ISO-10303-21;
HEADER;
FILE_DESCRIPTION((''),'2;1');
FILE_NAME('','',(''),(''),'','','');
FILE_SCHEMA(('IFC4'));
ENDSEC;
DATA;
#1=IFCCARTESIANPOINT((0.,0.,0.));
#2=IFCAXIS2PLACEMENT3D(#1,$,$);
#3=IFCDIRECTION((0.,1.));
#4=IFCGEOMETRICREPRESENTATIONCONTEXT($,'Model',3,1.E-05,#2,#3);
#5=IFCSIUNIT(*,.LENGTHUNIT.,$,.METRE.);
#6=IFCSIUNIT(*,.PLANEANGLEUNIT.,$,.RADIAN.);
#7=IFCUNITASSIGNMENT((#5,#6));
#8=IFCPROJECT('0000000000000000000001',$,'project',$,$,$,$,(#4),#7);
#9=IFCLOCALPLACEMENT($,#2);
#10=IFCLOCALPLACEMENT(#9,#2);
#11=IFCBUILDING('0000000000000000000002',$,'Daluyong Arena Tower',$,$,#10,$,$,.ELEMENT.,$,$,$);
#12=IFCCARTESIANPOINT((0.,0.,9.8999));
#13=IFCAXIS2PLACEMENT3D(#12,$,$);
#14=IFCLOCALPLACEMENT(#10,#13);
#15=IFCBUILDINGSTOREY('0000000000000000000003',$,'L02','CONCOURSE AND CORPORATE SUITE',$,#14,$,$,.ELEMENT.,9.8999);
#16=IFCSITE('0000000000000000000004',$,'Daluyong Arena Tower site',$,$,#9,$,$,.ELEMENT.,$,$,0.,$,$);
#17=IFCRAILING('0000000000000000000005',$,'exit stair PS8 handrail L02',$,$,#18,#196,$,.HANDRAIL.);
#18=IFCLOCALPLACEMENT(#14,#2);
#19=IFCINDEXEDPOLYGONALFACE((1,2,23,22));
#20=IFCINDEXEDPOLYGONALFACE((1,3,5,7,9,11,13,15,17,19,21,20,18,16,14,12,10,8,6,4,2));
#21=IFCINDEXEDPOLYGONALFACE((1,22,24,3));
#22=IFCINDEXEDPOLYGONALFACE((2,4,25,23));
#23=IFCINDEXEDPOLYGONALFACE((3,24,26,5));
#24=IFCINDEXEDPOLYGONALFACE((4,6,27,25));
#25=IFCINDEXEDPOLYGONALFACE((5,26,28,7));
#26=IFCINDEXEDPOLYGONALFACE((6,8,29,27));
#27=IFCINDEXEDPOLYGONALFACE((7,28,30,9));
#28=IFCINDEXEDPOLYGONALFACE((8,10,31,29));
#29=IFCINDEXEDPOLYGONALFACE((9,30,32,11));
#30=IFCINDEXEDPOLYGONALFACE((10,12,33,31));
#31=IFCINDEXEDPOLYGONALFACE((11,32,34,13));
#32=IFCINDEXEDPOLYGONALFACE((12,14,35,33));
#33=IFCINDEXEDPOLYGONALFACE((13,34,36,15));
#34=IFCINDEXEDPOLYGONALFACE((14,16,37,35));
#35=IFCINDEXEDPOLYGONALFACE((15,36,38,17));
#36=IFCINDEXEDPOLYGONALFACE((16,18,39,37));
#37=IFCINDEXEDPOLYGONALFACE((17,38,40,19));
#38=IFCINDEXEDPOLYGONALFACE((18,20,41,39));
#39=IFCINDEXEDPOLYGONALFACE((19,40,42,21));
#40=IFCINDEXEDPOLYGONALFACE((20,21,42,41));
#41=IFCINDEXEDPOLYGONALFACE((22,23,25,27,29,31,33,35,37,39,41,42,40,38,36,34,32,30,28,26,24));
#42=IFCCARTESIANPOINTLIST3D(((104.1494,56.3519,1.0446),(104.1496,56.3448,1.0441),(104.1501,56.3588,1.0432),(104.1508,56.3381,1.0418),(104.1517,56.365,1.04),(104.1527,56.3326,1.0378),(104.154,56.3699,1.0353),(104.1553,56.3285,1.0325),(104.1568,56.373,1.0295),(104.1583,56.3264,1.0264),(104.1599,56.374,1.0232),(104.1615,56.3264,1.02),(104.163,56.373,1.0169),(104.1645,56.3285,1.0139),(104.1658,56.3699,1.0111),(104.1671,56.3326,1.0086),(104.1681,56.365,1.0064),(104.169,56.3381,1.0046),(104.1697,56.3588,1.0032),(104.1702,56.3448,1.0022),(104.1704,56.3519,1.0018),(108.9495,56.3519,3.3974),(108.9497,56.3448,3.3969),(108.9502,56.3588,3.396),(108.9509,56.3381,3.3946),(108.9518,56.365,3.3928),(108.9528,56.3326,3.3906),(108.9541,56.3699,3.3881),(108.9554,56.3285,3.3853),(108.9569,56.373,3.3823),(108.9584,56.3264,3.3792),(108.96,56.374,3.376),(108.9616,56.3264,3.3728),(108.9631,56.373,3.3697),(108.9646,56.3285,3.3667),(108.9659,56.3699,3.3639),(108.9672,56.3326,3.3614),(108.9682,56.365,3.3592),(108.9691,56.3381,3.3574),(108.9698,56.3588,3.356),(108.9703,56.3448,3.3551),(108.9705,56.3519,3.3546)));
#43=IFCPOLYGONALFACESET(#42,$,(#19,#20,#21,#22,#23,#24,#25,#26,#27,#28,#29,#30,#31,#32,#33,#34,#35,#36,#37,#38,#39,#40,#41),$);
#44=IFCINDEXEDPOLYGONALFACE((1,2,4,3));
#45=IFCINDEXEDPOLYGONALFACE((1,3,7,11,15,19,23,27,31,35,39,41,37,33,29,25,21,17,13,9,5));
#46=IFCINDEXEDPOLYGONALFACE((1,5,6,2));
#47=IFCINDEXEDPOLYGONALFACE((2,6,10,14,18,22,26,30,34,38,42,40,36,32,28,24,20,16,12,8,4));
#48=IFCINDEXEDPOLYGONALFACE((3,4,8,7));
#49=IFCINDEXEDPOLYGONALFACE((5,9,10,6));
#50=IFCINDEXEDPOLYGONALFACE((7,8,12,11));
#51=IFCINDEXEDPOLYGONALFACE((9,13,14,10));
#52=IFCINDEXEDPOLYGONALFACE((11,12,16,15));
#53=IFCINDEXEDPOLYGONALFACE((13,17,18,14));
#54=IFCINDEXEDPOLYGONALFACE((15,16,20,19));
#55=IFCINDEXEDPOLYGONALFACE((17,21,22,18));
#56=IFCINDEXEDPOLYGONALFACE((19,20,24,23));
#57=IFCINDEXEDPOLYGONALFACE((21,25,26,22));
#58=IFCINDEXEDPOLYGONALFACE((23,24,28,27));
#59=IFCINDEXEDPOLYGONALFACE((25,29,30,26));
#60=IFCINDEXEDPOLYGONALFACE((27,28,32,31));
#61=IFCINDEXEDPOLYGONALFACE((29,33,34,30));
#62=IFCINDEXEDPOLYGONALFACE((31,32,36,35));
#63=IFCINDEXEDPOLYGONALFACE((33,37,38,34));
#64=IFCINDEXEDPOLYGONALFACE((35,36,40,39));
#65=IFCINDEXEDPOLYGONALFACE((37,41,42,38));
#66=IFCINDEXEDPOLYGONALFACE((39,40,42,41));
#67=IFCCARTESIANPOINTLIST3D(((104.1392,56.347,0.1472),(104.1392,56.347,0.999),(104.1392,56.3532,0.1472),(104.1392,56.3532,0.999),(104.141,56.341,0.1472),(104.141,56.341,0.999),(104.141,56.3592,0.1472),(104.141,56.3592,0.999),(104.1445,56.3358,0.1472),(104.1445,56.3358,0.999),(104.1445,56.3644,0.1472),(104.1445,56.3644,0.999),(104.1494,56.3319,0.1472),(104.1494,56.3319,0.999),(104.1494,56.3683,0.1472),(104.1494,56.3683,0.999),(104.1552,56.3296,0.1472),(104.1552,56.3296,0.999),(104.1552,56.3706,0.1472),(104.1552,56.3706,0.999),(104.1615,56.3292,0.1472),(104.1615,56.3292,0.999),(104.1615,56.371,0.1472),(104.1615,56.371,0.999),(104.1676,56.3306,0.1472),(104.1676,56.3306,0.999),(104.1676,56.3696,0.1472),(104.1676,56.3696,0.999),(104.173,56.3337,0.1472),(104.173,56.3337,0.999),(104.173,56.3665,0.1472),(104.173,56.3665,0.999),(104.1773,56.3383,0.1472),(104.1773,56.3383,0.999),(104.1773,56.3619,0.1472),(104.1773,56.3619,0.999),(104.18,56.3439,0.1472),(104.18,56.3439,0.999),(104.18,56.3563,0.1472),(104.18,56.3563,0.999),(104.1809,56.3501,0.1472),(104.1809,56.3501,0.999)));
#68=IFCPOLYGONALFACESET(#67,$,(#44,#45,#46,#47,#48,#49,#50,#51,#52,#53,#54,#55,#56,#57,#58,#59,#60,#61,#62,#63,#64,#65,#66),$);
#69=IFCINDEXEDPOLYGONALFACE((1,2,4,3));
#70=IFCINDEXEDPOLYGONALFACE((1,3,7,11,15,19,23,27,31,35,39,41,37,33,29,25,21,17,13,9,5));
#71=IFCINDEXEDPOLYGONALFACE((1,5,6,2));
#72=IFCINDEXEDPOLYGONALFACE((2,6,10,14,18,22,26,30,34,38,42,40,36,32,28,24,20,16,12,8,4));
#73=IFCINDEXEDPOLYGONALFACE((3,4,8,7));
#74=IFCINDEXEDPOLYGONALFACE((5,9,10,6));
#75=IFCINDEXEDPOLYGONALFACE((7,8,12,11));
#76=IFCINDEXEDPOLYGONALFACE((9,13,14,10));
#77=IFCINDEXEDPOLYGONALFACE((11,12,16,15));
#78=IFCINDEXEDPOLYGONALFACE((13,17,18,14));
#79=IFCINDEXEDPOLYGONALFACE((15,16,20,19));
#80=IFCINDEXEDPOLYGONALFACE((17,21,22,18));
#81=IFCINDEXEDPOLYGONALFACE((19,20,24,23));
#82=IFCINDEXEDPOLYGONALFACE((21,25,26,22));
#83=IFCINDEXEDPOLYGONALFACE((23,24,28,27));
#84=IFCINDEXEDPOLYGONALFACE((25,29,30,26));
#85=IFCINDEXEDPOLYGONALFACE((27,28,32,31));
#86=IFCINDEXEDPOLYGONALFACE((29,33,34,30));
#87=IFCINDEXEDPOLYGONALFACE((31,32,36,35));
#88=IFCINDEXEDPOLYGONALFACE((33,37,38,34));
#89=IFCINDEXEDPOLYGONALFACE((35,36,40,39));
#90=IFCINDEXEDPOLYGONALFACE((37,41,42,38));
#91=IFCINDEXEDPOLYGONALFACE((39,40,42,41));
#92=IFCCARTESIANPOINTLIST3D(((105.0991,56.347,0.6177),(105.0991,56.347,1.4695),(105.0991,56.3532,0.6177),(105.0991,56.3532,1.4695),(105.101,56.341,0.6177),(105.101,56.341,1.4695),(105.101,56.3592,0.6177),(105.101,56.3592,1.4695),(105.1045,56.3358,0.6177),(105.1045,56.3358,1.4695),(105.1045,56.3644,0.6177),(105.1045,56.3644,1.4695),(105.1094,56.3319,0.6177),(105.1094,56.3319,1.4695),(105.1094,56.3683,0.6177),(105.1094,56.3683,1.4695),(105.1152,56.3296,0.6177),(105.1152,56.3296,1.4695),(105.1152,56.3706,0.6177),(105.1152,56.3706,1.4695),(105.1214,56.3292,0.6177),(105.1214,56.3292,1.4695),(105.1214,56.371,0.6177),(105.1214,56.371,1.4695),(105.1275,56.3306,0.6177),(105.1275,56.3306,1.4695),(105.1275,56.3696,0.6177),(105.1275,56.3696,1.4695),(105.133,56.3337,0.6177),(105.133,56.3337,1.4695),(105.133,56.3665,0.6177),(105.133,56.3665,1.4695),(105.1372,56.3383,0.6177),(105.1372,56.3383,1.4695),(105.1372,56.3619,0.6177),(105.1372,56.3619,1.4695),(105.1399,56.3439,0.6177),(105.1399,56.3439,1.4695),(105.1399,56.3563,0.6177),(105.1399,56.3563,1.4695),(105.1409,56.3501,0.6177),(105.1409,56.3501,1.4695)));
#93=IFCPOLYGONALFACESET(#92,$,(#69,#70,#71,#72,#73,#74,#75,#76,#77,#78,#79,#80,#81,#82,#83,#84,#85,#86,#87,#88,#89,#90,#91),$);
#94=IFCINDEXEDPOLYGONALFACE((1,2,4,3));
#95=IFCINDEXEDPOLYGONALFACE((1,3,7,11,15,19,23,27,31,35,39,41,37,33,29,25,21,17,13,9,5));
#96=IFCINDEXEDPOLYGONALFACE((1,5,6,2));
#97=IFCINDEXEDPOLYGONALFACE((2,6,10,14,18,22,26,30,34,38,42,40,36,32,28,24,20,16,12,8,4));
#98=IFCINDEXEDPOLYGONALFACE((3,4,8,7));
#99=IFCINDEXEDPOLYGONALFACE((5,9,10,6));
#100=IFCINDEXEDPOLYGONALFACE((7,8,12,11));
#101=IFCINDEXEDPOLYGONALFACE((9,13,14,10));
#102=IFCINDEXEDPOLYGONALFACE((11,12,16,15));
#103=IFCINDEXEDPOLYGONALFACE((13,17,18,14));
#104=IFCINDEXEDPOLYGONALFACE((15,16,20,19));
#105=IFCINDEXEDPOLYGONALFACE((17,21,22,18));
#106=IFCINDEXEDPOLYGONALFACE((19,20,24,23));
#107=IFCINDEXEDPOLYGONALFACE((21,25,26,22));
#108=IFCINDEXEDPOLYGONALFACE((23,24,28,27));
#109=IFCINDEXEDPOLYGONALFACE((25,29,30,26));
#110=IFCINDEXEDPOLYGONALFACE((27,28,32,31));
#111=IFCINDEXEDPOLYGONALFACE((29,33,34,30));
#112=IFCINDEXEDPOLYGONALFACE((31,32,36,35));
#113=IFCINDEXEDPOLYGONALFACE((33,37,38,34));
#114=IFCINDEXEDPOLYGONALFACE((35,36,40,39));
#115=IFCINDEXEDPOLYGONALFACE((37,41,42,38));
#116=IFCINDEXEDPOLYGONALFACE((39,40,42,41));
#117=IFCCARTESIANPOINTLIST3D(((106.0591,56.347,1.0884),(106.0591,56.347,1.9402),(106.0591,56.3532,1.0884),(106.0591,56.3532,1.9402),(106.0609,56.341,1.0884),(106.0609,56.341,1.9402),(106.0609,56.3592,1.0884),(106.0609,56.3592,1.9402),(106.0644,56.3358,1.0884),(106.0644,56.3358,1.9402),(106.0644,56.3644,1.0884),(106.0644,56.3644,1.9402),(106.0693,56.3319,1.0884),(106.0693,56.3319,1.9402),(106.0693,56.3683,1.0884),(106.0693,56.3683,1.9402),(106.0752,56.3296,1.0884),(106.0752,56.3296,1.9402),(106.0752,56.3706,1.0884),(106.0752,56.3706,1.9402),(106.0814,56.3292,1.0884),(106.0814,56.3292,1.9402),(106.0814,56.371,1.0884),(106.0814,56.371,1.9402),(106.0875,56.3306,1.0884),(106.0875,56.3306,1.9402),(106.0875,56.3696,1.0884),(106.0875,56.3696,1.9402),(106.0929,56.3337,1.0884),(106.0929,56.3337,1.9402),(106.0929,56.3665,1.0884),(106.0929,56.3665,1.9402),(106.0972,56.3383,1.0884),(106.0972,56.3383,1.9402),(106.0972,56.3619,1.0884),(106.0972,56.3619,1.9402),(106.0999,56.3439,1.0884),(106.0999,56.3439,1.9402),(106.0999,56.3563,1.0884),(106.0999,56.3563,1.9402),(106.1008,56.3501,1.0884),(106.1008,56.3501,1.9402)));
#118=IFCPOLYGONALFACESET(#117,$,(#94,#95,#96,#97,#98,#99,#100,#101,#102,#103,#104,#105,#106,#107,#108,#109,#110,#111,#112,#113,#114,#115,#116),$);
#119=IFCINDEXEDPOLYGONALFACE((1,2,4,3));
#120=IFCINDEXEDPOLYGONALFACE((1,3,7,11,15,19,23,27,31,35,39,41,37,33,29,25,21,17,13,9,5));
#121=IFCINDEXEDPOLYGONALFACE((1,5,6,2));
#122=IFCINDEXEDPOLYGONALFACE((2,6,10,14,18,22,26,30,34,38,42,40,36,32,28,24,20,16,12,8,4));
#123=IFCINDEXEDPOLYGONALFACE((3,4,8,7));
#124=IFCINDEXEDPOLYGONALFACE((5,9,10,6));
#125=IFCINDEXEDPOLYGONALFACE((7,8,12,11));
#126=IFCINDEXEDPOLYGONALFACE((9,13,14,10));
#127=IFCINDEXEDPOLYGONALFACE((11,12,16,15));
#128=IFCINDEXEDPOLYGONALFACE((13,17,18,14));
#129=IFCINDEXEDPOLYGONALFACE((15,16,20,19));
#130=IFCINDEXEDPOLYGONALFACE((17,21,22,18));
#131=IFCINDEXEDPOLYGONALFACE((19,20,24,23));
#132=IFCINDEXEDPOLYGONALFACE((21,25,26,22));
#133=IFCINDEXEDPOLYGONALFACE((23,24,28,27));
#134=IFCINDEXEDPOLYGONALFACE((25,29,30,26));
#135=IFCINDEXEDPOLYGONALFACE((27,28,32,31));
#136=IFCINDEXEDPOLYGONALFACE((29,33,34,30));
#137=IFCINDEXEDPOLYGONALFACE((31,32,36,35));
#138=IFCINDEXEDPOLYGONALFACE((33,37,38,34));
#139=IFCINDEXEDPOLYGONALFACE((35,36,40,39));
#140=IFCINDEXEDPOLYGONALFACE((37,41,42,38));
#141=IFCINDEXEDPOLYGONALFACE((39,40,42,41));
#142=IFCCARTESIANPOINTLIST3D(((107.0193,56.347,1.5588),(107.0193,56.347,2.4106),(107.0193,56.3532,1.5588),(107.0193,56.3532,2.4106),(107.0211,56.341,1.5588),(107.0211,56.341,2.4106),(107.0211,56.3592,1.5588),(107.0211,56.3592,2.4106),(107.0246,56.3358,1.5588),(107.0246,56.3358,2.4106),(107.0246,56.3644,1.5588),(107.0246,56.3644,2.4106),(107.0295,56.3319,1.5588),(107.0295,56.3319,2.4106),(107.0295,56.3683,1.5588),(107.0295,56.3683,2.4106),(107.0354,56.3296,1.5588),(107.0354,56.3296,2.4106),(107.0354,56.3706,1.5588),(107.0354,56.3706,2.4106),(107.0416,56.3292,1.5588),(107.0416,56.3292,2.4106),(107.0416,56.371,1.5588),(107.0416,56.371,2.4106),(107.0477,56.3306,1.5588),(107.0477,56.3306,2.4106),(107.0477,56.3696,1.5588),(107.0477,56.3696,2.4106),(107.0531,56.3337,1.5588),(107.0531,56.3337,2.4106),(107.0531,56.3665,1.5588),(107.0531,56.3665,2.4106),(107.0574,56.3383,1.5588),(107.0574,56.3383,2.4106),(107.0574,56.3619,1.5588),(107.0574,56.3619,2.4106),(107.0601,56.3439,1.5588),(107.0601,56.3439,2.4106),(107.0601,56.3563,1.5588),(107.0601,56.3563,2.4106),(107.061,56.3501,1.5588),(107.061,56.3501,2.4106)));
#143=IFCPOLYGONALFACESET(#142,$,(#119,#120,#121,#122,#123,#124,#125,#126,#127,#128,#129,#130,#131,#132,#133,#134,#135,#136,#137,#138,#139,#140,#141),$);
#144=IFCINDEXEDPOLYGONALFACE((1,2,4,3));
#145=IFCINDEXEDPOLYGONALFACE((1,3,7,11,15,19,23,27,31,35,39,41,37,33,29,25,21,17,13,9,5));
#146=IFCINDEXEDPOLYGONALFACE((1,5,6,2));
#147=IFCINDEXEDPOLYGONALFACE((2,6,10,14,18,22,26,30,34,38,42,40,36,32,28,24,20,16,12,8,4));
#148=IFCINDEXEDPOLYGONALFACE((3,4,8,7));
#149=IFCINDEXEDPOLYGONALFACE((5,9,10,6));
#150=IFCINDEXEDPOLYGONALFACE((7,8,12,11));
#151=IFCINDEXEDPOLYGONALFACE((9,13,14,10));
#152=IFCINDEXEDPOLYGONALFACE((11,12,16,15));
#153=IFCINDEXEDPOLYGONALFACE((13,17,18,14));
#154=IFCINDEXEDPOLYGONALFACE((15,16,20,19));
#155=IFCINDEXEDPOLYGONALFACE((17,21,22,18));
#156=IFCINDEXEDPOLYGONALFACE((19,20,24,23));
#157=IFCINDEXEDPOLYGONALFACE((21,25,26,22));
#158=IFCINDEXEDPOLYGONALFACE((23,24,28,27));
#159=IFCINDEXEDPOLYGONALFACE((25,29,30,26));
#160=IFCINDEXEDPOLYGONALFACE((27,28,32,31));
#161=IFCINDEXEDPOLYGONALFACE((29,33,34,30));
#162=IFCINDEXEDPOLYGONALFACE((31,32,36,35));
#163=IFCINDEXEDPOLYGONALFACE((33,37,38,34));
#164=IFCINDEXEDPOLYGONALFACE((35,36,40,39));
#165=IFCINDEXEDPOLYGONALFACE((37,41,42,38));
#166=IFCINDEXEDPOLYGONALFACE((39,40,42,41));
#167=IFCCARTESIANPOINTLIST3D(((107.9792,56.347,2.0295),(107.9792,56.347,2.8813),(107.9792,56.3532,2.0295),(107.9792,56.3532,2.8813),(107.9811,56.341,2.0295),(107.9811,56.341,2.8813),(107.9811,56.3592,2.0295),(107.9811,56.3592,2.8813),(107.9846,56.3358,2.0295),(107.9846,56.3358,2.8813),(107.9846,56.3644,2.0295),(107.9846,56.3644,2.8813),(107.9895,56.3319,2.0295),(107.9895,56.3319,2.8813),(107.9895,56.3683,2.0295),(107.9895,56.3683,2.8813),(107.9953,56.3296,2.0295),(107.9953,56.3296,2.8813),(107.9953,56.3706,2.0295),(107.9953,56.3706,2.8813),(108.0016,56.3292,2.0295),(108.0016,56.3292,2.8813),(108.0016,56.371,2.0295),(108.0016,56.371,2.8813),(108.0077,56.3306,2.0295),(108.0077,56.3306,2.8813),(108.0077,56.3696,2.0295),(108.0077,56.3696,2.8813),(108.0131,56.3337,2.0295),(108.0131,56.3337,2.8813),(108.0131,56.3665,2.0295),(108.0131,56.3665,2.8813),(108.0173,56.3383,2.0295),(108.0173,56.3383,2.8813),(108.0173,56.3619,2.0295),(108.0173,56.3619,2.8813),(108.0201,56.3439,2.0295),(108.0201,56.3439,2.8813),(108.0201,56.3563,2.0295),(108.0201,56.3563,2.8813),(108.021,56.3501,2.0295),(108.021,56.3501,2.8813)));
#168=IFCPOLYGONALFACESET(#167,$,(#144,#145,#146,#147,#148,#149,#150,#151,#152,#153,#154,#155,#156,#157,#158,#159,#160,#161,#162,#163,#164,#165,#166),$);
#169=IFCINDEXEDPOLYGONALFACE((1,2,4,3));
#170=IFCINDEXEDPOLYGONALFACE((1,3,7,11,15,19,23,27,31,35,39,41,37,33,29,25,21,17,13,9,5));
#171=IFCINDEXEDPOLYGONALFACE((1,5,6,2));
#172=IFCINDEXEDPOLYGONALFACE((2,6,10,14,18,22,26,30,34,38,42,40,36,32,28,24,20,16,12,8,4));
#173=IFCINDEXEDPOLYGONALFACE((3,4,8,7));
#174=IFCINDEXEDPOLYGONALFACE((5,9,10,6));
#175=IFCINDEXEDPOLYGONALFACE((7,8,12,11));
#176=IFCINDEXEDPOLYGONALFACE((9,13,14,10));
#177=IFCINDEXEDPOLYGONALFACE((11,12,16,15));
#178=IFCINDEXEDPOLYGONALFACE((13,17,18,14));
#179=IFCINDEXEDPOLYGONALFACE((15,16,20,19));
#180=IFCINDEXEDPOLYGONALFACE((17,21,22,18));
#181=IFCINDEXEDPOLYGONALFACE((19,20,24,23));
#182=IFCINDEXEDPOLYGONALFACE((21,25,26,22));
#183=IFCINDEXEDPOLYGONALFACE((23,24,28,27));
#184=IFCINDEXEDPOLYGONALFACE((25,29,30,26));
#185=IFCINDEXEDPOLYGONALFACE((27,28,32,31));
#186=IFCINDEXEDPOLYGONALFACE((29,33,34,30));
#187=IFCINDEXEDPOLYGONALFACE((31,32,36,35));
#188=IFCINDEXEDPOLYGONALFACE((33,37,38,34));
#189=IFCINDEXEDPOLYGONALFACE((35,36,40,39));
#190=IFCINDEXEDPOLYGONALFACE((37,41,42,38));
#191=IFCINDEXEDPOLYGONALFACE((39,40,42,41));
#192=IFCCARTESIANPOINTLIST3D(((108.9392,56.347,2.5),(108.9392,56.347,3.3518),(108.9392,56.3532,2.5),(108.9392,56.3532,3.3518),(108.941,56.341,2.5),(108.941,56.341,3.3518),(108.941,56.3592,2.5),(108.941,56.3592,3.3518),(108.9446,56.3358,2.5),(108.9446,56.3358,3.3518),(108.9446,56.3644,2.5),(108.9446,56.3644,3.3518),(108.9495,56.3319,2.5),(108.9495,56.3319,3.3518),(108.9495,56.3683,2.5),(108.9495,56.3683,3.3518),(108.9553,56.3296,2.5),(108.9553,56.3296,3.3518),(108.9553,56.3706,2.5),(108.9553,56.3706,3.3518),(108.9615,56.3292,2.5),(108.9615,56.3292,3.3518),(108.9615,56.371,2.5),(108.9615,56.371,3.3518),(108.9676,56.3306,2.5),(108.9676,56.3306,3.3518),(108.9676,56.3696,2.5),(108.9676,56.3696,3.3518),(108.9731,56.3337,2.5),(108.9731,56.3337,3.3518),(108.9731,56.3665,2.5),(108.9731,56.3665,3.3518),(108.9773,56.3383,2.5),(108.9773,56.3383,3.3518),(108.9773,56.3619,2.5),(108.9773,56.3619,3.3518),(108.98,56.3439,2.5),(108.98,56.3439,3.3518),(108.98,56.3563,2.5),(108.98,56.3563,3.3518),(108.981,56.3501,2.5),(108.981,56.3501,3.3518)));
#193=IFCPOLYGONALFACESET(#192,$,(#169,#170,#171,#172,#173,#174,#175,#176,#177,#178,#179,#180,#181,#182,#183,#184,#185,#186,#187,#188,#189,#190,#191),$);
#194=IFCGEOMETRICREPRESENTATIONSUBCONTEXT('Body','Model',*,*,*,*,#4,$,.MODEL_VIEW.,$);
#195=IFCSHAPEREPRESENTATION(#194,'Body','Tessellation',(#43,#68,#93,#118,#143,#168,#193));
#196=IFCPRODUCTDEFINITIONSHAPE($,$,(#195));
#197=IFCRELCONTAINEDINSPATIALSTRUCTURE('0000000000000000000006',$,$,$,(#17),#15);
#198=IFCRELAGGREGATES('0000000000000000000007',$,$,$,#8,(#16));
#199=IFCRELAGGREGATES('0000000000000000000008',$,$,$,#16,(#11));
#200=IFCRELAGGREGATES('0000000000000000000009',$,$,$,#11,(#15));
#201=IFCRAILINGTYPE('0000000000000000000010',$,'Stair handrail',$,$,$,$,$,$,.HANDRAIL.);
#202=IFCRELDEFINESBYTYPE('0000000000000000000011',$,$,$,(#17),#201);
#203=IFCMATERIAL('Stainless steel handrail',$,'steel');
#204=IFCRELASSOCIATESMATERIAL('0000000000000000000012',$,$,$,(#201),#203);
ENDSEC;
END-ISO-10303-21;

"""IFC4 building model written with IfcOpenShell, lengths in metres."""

from ifc_helpers import new_model, si_unit, direction, frame, origin, origin_2d, place, context, subcontext, project, spatial, circle, extrude, material, type_object, element, save


model = new_model("IFC4")

# Units and contexts
model_context = context("Model", 3, precision=1e-05, world=origin(), true_north=direction((0.0, 1.0)))
body_context = subcontext(model_context, "Body", "Model", "MODEL_VIEW")
ifc_project = project(units=[si_unit("LENGTHUNIT", "METRE"), si_unit("PLANEANGLEUNIT", "RADIAN")], contexts=[model_context])

# Site, building, storey
site_placement = place(None, origin())
site = spatial("IfcSite", under=ifc_project, at=site_placement, Name="Daluyong Arena Tower site", CompositionType="ELEMENT", RefElevation=0.0)
building_placement = place(site_placement, origin())
building = spatial("IfcBuilding", under=site, at=building_placement, Name="Daluyong Arena Tower", CompositionType="ELEMENT")
storey_placement = place(building_placement, frame((0.0, 0.0, 9.8999)))
storey = spatial("IfcBuildingStorey", under=building, at=storey_placement, Name="L02", Description="CONCOURSE AND CORPORATE SUITE", CompositionType="ELEMENT", Elevation=9.8999)

# Railing
ifc_material_1 = material(Name="Stainless steel handrail", Category="steel")
railing_type_1 = type_object("IfcRailingType", Name="Stair handrail", PredefinedType="HANDRAIL", material=ifc_material_1)
railing_1_placement = place(storey_placement, frame((104.1599, 56.3501, 0.1472)))
element("IfcRailing", 1, at=railing_1_placement, inside=storey, type_object=railing_type_1, Name="exit stair PS8 handrail L02", PredefinedType="HANDRAIL", context=body_context, shape_type="SweptSolid", body=[
    extrude(circle(Radius=0.0239, at=origin_2d()), frame((0.0, 0.0, 0.876), z_axis=(0.897934, 0.0, 0.44013), x_axis=(0.0, 1.0, 0.0)), (0.0, 0.0, 1.0), 5.3457),
    extrude(circle(Radius=0.021, at=origin_2d()), origin(), (0.0, 0.0, 1.0), 0.8518),
    extrude(circle(Radius=0.021, at=origin_2d()), frame((0.96, 0.0, 0.4705)), (0.0, 0.0, 1.0), 0.8518),
    extrude(circle(Radius=0.021, at=origin_2d()), frame((1.9199, 0.0, 0.9412)), (0.0, 0.0, 1.0), 0.8518),
    extrude(circle(Radius=0.021, at=origin_2d()), frame((2.8801, 0.0, 1.4116)), (0.0, 0.0, 1.0), 0.8518),
    extrude(circle(Radius=0.021, at=origin_2d()), frame((3.8401, 0.0, 1.8823)), (0.0, 0.0, 1.0), 0.8518),
    extrude(circle(Radius=0.021, at=origin_2d()), frame((4.8, 0.0, 2.3528)), (0.0, 0.0, 1.0), 0.8518),
])

save(model, "model.ifc")
